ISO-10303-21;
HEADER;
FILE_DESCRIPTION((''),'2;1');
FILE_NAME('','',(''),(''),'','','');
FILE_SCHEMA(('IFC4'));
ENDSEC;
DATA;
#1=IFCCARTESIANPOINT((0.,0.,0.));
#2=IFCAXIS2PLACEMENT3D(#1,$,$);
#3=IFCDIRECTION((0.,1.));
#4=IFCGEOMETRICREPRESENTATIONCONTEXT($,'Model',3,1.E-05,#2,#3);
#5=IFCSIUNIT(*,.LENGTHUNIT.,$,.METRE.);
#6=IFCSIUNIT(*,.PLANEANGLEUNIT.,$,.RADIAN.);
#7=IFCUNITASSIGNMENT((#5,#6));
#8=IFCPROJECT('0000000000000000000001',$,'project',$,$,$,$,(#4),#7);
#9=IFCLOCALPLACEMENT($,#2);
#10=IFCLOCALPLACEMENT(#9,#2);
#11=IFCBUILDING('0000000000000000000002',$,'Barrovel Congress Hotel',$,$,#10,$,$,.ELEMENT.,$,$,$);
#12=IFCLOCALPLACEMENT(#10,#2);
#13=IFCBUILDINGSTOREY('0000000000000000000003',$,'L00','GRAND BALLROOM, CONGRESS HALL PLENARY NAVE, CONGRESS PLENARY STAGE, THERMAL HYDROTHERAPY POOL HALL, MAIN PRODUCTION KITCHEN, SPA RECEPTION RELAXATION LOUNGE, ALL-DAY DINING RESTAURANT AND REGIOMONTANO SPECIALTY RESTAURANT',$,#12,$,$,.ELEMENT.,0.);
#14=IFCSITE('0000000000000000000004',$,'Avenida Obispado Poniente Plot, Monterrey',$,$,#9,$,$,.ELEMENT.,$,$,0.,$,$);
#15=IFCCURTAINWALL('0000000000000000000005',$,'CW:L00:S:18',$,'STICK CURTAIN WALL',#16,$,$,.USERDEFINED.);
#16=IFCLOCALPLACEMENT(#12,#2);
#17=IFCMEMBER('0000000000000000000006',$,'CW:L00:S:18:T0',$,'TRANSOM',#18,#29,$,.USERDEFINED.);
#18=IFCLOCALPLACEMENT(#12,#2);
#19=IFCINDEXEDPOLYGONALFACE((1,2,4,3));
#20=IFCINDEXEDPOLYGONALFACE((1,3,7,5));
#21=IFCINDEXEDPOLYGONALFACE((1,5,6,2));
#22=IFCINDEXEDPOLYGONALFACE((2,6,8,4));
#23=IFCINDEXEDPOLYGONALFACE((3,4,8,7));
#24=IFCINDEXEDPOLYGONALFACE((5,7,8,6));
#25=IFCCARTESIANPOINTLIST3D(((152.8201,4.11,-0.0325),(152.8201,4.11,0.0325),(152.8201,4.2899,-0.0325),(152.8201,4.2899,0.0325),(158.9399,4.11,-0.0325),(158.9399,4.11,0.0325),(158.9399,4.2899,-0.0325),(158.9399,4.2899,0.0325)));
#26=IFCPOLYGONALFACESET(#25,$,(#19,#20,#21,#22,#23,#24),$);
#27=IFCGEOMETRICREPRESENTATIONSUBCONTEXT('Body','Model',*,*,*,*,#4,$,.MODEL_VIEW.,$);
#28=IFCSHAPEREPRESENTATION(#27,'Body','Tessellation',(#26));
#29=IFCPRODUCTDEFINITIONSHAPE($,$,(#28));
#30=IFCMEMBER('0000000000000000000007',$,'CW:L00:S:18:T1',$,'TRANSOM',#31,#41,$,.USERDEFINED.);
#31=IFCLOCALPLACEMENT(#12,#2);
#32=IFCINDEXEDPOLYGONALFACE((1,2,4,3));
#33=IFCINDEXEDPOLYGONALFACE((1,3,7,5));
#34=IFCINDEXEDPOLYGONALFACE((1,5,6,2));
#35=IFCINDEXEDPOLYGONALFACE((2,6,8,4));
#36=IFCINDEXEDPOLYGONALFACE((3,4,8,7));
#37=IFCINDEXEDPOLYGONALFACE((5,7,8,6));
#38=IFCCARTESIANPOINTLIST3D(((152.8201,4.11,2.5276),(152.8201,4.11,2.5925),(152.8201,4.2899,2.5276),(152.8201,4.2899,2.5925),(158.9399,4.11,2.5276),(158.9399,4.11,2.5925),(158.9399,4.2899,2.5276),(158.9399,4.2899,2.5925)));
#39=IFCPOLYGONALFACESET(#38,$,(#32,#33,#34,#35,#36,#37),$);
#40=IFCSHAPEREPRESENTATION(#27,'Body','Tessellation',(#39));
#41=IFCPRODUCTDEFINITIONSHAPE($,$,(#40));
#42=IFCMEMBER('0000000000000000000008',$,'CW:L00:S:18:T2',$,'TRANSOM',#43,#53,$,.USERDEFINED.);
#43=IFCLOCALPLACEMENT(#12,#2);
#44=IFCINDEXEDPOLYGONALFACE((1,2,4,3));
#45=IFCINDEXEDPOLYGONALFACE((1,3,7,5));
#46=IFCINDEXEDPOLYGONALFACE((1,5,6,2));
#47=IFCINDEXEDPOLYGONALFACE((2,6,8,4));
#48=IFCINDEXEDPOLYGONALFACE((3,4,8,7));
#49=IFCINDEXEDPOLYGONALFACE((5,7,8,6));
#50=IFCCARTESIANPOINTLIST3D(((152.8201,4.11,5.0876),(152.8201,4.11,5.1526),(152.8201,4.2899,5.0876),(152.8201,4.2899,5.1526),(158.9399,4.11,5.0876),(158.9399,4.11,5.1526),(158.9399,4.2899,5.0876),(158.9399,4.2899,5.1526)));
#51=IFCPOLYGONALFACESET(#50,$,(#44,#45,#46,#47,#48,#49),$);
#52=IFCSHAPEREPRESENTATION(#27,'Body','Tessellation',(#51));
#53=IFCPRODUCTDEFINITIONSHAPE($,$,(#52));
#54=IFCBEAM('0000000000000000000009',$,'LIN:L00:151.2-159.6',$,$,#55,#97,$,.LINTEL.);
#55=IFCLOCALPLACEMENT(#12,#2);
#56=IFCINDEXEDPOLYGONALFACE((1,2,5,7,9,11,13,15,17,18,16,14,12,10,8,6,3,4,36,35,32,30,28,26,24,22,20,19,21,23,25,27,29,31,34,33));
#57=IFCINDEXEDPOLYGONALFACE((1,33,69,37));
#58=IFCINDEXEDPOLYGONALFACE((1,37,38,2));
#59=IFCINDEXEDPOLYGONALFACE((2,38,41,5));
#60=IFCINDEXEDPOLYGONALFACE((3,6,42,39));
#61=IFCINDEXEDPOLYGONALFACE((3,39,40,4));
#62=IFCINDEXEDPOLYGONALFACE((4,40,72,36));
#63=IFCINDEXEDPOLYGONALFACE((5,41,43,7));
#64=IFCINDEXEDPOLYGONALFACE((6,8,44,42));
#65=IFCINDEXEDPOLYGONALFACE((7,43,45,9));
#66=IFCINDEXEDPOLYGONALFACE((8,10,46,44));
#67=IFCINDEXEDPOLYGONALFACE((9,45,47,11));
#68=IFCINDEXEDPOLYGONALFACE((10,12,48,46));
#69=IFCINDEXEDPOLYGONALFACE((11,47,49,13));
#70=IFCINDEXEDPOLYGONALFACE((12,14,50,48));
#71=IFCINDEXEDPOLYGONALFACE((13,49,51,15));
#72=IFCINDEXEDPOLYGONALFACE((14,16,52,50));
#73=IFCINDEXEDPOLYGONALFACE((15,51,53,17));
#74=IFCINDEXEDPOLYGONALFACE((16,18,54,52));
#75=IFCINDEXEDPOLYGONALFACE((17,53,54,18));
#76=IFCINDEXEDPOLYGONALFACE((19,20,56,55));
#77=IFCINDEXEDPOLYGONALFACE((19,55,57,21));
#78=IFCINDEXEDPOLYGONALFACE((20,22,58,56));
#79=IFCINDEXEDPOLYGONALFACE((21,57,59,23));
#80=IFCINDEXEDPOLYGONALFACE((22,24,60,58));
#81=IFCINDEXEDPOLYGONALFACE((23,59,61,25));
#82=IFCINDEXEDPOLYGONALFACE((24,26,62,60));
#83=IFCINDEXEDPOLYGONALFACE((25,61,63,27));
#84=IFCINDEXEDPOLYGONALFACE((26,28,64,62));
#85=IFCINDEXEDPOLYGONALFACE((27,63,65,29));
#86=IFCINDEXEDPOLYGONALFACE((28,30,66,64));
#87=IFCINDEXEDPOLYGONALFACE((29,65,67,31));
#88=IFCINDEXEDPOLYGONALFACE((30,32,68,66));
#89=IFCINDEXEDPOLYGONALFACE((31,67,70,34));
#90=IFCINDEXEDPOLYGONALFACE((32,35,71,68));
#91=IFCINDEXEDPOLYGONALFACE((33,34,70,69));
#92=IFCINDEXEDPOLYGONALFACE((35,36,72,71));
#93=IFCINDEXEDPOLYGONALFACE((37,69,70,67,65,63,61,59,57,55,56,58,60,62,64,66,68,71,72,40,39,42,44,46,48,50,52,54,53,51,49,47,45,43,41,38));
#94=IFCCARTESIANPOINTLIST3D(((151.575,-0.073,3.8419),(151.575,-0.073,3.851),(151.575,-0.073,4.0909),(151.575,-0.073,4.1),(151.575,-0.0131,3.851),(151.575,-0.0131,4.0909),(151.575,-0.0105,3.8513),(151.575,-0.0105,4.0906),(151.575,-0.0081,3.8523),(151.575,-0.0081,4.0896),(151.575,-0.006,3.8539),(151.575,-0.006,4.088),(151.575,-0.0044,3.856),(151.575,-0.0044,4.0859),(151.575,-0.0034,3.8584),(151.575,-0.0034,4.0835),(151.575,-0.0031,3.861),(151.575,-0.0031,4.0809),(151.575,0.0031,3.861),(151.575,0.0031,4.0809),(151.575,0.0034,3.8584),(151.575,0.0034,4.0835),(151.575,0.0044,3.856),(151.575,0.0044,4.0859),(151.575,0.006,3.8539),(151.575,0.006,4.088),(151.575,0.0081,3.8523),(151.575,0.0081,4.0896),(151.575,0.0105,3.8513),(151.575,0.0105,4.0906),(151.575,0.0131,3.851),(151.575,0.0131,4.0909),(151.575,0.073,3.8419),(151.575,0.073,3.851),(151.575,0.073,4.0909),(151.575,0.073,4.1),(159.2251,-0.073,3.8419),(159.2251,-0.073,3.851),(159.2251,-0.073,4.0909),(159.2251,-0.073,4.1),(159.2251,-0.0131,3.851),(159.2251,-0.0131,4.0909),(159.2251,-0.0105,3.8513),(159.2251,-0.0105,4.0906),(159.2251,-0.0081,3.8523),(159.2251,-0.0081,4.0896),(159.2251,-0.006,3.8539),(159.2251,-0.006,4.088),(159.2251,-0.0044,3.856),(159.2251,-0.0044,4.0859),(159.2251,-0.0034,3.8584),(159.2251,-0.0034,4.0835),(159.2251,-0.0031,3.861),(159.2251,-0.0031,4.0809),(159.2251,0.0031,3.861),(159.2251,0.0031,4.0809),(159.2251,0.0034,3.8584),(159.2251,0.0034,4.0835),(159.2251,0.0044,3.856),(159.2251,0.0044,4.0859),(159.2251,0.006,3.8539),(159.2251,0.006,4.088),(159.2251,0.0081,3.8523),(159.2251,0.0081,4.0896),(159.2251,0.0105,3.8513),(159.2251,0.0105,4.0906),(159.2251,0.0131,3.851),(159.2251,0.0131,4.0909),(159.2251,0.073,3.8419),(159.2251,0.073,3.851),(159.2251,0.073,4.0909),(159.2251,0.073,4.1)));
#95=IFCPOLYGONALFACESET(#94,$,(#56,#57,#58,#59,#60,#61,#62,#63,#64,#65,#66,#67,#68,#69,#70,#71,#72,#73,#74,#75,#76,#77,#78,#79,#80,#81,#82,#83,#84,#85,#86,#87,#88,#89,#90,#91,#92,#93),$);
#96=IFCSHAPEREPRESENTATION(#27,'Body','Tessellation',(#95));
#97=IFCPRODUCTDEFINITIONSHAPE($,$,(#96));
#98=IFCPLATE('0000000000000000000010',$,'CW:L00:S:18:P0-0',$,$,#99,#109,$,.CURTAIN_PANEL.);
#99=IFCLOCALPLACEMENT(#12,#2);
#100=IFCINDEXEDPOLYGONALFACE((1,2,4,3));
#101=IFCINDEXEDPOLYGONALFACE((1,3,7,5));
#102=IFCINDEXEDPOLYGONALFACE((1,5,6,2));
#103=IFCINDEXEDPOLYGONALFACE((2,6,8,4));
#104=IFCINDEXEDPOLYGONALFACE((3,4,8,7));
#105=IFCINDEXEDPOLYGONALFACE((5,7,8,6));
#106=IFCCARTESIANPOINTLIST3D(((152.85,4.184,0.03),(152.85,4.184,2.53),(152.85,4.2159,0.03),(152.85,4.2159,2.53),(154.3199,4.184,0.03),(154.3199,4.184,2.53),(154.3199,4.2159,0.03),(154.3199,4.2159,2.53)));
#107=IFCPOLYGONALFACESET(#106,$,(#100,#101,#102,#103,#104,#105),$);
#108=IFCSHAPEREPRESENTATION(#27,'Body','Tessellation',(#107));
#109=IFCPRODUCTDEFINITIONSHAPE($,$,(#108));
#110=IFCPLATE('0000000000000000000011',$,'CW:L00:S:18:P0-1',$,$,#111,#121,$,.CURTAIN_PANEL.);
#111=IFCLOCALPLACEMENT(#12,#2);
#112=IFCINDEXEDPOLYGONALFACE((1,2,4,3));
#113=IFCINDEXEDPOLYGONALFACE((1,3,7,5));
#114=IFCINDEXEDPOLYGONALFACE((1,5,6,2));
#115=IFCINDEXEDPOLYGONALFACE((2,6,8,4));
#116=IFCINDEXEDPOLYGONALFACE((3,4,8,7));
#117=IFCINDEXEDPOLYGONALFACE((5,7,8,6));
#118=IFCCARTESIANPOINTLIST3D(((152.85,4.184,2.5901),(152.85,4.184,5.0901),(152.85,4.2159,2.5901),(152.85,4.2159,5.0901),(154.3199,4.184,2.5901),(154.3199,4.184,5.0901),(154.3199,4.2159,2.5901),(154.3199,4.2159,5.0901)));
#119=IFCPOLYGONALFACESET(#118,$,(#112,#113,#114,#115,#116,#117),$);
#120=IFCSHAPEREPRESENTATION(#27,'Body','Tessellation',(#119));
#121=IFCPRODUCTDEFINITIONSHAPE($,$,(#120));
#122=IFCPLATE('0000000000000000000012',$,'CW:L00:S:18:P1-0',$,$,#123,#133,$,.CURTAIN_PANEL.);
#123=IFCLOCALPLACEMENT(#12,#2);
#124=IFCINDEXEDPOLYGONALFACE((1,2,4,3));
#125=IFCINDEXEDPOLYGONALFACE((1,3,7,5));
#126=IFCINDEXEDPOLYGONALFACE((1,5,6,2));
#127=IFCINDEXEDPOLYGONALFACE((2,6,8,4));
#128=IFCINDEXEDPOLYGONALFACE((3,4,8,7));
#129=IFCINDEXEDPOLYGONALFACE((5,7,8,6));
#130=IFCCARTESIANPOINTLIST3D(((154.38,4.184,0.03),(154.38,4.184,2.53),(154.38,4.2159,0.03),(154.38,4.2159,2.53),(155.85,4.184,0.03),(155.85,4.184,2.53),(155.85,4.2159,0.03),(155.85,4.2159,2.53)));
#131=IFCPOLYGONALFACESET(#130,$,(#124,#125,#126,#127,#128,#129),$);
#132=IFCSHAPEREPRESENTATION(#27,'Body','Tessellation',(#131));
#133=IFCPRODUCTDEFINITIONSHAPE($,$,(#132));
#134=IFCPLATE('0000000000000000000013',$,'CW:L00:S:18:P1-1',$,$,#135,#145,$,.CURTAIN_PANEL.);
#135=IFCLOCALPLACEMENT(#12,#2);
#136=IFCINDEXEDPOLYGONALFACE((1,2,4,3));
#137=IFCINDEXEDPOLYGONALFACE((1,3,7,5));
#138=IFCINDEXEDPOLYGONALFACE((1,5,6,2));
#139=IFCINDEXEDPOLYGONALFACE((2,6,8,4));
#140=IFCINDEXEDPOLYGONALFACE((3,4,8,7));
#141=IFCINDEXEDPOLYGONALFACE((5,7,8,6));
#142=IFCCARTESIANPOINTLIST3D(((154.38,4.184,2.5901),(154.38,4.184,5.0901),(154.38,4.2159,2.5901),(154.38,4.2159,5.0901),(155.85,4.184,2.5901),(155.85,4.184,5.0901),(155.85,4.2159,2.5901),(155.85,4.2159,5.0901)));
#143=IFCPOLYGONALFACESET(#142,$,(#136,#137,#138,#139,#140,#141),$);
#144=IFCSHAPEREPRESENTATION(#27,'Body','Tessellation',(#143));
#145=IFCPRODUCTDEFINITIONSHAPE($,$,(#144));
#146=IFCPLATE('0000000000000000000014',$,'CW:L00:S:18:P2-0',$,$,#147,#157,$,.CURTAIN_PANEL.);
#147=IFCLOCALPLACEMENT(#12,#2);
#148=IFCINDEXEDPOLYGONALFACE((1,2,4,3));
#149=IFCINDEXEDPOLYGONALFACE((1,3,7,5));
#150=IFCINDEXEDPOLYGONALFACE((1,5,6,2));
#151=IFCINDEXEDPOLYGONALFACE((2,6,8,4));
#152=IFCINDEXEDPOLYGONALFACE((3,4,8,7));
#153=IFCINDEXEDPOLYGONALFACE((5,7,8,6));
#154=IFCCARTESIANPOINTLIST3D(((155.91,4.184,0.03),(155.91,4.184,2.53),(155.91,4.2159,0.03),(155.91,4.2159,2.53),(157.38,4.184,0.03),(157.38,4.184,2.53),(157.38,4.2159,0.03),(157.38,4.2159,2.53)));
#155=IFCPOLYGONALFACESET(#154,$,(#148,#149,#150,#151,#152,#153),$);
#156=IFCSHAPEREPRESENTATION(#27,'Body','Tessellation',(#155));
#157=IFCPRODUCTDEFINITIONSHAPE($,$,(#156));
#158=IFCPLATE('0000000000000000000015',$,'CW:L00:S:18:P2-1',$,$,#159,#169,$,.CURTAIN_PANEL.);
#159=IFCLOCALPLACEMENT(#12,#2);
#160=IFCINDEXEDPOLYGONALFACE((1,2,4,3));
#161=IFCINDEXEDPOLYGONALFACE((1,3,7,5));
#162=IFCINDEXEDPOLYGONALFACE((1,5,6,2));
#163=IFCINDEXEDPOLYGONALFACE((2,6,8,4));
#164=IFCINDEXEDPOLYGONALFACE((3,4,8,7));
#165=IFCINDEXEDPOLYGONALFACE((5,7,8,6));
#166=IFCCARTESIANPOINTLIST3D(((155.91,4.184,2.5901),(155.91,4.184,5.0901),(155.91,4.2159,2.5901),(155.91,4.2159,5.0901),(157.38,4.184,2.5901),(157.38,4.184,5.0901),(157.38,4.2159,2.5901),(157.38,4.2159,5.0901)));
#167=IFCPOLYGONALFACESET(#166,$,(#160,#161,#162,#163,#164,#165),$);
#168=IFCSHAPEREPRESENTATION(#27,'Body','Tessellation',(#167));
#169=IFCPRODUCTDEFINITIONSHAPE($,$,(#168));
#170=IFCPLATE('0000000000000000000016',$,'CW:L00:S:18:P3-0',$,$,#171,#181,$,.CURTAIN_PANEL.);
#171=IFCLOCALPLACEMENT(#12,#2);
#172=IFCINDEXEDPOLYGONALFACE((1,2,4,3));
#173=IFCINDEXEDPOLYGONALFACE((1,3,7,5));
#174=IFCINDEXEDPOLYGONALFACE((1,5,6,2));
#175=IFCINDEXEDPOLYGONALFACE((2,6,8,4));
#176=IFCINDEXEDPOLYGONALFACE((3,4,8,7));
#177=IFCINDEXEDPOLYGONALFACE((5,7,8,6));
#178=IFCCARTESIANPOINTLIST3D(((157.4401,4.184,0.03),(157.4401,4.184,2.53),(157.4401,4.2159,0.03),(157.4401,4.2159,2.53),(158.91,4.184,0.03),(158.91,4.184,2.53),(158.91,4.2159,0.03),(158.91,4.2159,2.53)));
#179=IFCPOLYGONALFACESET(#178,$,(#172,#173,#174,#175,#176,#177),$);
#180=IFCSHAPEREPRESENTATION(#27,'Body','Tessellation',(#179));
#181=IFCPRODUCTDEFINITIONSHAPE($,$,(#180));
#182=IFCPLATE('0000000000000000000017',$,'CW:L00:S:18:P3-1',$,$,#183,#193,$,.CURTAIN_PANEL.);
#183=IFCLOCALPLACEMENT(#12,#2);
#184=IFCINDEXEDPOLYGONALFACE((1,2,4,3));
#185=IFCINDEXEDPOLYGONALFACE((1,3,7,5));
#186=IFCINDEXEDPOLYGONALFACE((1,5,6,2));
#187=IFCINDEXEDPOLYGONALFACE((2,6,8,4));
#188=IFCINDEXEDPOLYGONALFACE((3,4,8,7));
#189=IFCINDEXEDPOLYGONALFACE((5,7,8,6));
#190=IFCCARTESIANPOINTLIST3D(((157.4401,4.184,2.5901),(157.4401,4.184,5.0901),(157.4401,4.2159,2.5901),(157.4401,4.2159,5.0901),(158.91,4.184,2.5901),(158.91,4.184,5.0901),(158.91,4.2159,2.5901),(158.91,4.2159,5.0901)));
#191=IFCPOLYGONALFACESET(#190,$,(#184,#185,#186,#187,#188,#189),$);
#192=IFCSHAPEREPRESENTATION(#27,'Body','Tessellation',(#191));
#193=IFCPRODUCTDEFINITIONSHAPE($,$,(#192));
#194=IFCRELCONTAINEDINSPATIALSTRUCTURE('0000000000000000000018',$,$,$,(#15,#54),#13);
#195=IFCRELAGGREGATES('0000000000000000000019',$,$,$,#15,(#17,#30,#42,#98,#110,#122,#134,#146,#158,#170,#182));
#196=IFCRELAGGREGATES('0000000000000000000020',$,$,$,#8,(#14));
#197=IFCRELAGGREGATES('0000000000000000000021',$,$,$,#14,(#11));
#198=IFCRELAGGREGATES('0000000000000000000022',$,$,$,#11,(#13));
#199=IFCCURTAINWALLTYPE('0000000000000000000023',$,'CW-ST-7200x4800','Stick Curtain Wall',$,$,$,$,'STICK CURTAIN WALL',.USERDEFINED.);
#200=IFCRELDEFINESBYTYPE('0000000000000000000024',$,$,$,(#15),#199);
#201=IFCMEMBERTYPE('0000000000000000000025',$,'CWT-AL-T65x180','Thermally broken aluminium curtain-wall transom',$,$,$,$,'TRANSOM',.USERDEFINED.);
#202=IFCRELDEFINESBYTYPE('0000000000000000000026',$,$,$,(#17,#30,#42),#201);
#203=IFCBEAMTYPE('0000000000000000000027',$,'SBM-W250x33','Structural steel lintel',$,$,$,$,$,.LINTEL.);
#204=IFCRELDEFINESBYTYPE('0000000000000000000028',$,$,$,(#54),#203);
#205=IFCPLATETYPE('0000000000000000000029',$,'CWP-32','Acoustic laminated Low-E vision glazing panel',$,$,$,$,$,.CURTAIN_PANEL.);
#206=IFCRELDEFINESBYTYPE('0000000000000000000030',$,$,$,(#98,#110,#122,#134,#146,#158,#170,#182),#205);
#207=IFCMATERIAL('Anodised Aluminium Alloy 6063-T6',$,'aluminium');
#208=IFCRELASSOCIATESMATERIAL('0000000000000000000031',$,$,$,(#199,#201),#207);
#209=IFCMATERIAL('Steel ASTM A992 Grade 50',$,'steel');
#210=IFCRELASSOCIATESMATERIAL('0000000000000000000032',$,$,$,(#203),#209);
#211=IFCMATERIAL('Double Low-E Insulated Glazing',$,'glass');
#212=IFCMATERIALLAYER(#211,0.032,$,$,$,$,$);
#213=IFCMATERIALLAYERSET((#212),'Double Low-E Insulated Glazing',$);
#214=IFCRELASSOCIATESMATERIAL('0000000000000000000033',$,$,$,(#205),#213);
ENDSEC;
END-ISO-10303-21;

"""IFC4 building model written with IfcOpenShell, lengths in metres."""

from ifc_helpers import new_model, si_unit, direction, frame, origin, origin_2d, place, context, subcontext, project, spatial, rectangle, i_section, extrude, material, layer, layer_set, material_profile, profile_set, type_object, element, aggregate, save


model = new_model("IFC4")

# Units and contexts
model_context = context("Model", 3, precision=1e-05, world=origin(), true_north=direction((0.0, 1.0)))
body_context = subcontext(model_context, "Body", "Model", "MODEL_VIEW")
ifc_project = project(units=[si_unit("LENGTHUNIT", "METRE"), si_unit("PLANEANGLEUNIT", "RADIAN")], contexts=[model_context])

# Site, building, storey
site_placement = place(None, origin())
site = spatial("IfcSite", under=ifc_project, at=site_placement, Name="Avenida Obispado Poniente Plot, Monterrey", CompositionType="ELEMENT", RefElevation=0.0)
building_placement = place(site_placement, origin())
building = spatial("IfcBuilding", under=site, at=building_placement, Name="Barrovel Congress Hotel", CompositionType="ELEMENT")
storey_placement = place(building_placement, origin())
storey = spatial("IfcBuildingStorey", under=building, at=storey_placement, Name="L00", Description="GRAND BALLROOM, CONGRESS HALL PLENARY NAVE, CONGRESS PLENARY STAGE, THERMAL HYDROTHERAPY POOL HALL, MAIN PRODUCTION KITCHEN, SPA RECEPTION RELAXATION LOUNGE, ALL-DAY DINING RESTAURANT AND REGIOMONTANO SPECIALTY RESTAURANT", CompositionType="ELEMENT", Elevation=0.0)

# Curtain wall, members
ifc_material_1 = material(Name="Anodised Aluminium Alloy 6063-T6", Category="aluminium")
curtain_wall_type = type_object("IfcCurtainWallType", Name="CW-ST-7200x4800", Description="Stick Curtain Wall", ElementType="STICK CURTAIN WALL", PredefinedType="USERDEFINED", material=ifc_material_1)
curtain_wall_placement = place(storey_placement, origin())
curtain_wall = element("IfcCurtainWall", 1, at=curtain_wall_placement, inside=storey, type_object=curtain_wall_type, Name="CW:L00:S:18", ObjectType="STICK CURTAIN WALL", PredefinedType="USERDEFINED")
ifc_material_profile_1 = material_profile(ifc_material_1, rectangle(XDim=0.1799, YDim=0.0649, at=origin_2d()), Name="AL-T65x180")
ifc_profile_set_1 = profile_set([ifc_material_profile_1], Name="Anodised Aluminium Alloy 6063-T6")
member_type_1 = type_object("IfcMemberType", Name="CWT-AL-T65x180", Description="Thermally broken aluminium curtain-wall transom", ElementType="TRANSOM", PredefinedType="USERDEFINED", material=ifc_profile_set_1)
member_1_placement = place(storey_placement, frame((152.8201, 4.2, 0.0), z_axis=(1.0, 0.0, 0.0), x_axis=(0.0, 1.0, 0.0)))
member_1 = element("IfcMember", 2, at=member_1_placement, type_object=member_type_1, Name="CW:L00:S:18:T0", ObjectType="TRANSOM", PredefinedType="USERDEFINED", context=body_context, shape_type="SweptSolid", body=[
    extrude(rectangle(XDim=0.1799, YDim=0.0649, at=origin_2d()), origin(), (0.0, 0.0, 1.0), 6.1199),
])
member_2_placement = place(storey_placement, frame((152.8201, 4.2, 2.5601), z_axis=(1.0, 0.0, 0.0), x_axis=(0.0, 1.0, 0.0)))
member_2 = element("IfcMember", 3, at=member_2_placement, type_object=member_type_1, Name="CW:L00:S:18:T1", ObjectType="TRANSOM", PredefinedType="USERDEFINED", context=body_context, shape_type="SweptSolid", body=[
    extrude(rectangle(XDim=0.1799, YDim=0.0649, at=origin_2d()), origin(), (0.0, 0.0, 1.0), 6.1199),
])
member_3_placement = place(storey_placement, frame((152.8201, 4.2, 5.1201), z_axis=(1.0, 0.0, 0.0), x_axis=(0.0, 1.0, 0.0)))
member_3 = element("IfcMember", 4, at=member_3_placement, type_object=member_type_1, Name="CW:L00:S:18:T2", ObjectType="TRANSOM", PredefinedType="USERDEFINED", context=body_context, shape_type="SweptSolid", body=[
    extrude(rectangle(XDim=0.1799, YDim=0.0649, at=origin_2d()), origin(), (0.0, 0.0, 1.0), 6.1199),
])

# Beam
ifc_material_2 = material(Name="Steel ASTM A992 Grade 50", Category="steel")
ifc_material_profile_2 = material_profile(ifc_material_2, i_section(OverallWidth=0.146, OverallDepth=0.2581, WebThickness=0.0061, FlangeThickness=0.009, FilletRadius=0.01, at=origin_2d()), Name="W250x33")
ifc_profile_set_2 = profile_set([ifc_material_profile_2], Name="Steel ASTM A992 Grade 50")
beam_type_1 = type_object("IfcBeamType", Name="SBM-W250x33", Description="Structural steel lintel", PredefinedType="LINTEL", material=ifc_profile_set_2)
beam_1_placement = place(storey_placement, frame((151.575, 0.0, 3.9709), z_axis=(1.0, 0.0, 0.0), x_axis=(0.0, 1.0, 0.0)))
element("IfcBeam", 5, at=beam_1_placement, inside=storey, type_object=beam_type_1, Name="LIN:L00:151.2-159.6", PredefinedType="LINTEL", context=body_context, shape_type="SweptSolid", body=[
    extrude(i_section(OverallWidth=0.146, OverallDepth=0.2581, WebThickness=0.0061, FlangeThickness=0.009, FilletRadius=0.01, at=origin_2d()), origin(), (0.0, 0.0, 1.0), 7.6501),
])

# Plates
ifc_material_3 = material(Name="Double Low-E Insulated Glazing", Category="glass")
ifc_layer_1 = layer(ifc_material_3, 0.032)
ifc_layer_set_1 = layer_set([ifc_layer_1], Name="Double Low-E Insulated Glazing")
plate_type = type_object("IfcPlateType", Name="CWP-32", Description="Acoustic laminated Low-E vision glazing panel", PredefinedType="CURTAIN_PANEL", material=ifc_layer_set_1)
plate_1_placement = place(storey_placement, frame((153.585, 4.2, 0.03), z_axis=(0.0, 0.0, 1.0), x_axis=(1.0, 0.0, 0.0)))
plate_1 = element("IfcPlate", 6, at=plate_1_placement, type_object=plate_type, Name="CW:L00:S:18:P0-0", PredefinedType="CURTAIN_PANEL", context=body_context, shape_type="SweptSolid", body=[
    extrude(rectangle(XDim=1.47, YDim=0.032, at=origin_2d()), origin(), (0.0, 0.0, 1.0), 2.5),
])
plate_2_placement = place(storey_placement, frame((153.585, 4.2, 2.5901), z_axis=(0.0, 0.0, 1.0), x_axis=(1.0, 0.0, 0.0)))
plate_2 = element("IfcPlate", 7, at=plate_2_placement, type_object=plate_type, Name="CW:L00:S:18:P0-1", PredefinedType="CURTAIN_PANEL", context=body_context, shape_type="SweptSolid", body=[
    extrude(rectangle(XDim=1.47, YDim=0.032, at=origin_2d()), origin(), (0.0, 0.0, 1.0), 2.5),
])
plate_3_placement = place(storey_placement, frame((155.115, 4.2, 0.03), z_axis=(0.0, 0.0, 1.0), x_axis=(1.0, 0.0, 0.0)))
plate_3 = element("IfcPlate", 8, at=plate_3_placement, type_object=plate_type, Name="CW:L00:S:18:P1-0", PredefinedType="CURTAIN_PANEL", context=body_context, shape_type="SweptSolid", body=[
    extrude(rectangle(XDim=1.47, YDim=0.032, at=origin_2d()), origin(), (0.0, 0.0, 1.0), 2.5),
])
plate_4_placement = place(storey_placement, frame((155.115, 4.2, 2.5901), z_axis=(0.0, 0.0, 1.0), x_axis=(1.0, 0.0, 0.0)))
plate_4 = element("IfcPlate", 9, at=plate_4_placement, type_object=plate_type, Name="CW:L00:S:18:P1-1", PredefinedType="CURTAIN_PANEL", context=body_context, shape_type="SweptSolid", body=[
    extrude(rectangle(XDim=1.47, YDim=0.032, at=origin_2d()), origin(), (0.0, 0.0, 1.0), 2.5),
])
plate_5_placement = place(storey_placement, frame((156.645, 4.2, 0.03), z_axis=(0.0, 0.0, 1.0), x_axis=(1.0, 0.0, 0.0)))
plate_5 = element("IfcPlate", 10, at=plate_5_placement, type_object=plate_type, Name="CW:L00:S:18:P2-0", PredefinedType="CURTAIN_PANEL", context=body_context, shape_type="SweptSolid", body=[
    extrude(rectangle(XDim=1.47, YDim=0.032, at=origin_2d()), origin(), (0.0, 0.0, 1.0), 2.5),
])
plate_6_placement = place(storey_placement, frame((156.645, 4.2, 2.5901), z_axis=(0.0, 0.0, 1.0), x_axis=(1.0, 0.0, 0.0)))
plate_6 = element("IfcPlate", 11, at=plate_6_placement, type_object=plate_type, Name="CW:L00:S:18:P2-1", PredefinedType="CURTAIN_PANEL", context=body_context, shape_type="SweptSolid", body=[
    extrude(rectangle(XDim=1.47, YDim=0.032, at=origin_2d()), origin(), (0.0, 0.0, 1.0), 2.5),
])
plate_7_placement = place(storey_placement, frame((158.175, 4.2, 0.03), z_axis=(0.0, 0.0, 1.0), x_axis=(1.0, 0.0, 0.0)))
plate_7 = element("IfcPlate", 12, at=plate_7_placement, type_object=plate_type, Name="CW:L00:S:18:P3-0", PredefinedType="CURTAIN_PANEL", context=body_context, shape_type="SweptSolid", body=[
    extrude(rectangle(XDim=1.47, YDim=0.032, at=origin_2d()), origin(), (0.0, 0.0, 1.0), 2.5),
])
plate_8_placement = place(storey_placement, frame((158.175, 4.2, 2.5901), z_axis=(0.0, 0.0, 1.0), x_axis=(1.0, 0.0, 0.0)))
plate_8 = element("IfcPlate", 13, at=plate_8_placement, type_object=plate_type, Name="CW:L00:S:18:P3-1", PredefinedType="CURTAIN_PANEL", context=body_context, shape_type="SweptSolid", body=[
    extrude(rectangle(XDim=1.47, YDim=0.032, at=origin_2d()), origin(), (0.0, 0.0, 1.0), 2.5),
])
aggregate(curtain_wall, [member_1, member_2, member_3, plate_1, plate_2, plate_3, plate_4, plate_5, plate_6, plate_7, plate_8])

save(model, "model.ifc")
